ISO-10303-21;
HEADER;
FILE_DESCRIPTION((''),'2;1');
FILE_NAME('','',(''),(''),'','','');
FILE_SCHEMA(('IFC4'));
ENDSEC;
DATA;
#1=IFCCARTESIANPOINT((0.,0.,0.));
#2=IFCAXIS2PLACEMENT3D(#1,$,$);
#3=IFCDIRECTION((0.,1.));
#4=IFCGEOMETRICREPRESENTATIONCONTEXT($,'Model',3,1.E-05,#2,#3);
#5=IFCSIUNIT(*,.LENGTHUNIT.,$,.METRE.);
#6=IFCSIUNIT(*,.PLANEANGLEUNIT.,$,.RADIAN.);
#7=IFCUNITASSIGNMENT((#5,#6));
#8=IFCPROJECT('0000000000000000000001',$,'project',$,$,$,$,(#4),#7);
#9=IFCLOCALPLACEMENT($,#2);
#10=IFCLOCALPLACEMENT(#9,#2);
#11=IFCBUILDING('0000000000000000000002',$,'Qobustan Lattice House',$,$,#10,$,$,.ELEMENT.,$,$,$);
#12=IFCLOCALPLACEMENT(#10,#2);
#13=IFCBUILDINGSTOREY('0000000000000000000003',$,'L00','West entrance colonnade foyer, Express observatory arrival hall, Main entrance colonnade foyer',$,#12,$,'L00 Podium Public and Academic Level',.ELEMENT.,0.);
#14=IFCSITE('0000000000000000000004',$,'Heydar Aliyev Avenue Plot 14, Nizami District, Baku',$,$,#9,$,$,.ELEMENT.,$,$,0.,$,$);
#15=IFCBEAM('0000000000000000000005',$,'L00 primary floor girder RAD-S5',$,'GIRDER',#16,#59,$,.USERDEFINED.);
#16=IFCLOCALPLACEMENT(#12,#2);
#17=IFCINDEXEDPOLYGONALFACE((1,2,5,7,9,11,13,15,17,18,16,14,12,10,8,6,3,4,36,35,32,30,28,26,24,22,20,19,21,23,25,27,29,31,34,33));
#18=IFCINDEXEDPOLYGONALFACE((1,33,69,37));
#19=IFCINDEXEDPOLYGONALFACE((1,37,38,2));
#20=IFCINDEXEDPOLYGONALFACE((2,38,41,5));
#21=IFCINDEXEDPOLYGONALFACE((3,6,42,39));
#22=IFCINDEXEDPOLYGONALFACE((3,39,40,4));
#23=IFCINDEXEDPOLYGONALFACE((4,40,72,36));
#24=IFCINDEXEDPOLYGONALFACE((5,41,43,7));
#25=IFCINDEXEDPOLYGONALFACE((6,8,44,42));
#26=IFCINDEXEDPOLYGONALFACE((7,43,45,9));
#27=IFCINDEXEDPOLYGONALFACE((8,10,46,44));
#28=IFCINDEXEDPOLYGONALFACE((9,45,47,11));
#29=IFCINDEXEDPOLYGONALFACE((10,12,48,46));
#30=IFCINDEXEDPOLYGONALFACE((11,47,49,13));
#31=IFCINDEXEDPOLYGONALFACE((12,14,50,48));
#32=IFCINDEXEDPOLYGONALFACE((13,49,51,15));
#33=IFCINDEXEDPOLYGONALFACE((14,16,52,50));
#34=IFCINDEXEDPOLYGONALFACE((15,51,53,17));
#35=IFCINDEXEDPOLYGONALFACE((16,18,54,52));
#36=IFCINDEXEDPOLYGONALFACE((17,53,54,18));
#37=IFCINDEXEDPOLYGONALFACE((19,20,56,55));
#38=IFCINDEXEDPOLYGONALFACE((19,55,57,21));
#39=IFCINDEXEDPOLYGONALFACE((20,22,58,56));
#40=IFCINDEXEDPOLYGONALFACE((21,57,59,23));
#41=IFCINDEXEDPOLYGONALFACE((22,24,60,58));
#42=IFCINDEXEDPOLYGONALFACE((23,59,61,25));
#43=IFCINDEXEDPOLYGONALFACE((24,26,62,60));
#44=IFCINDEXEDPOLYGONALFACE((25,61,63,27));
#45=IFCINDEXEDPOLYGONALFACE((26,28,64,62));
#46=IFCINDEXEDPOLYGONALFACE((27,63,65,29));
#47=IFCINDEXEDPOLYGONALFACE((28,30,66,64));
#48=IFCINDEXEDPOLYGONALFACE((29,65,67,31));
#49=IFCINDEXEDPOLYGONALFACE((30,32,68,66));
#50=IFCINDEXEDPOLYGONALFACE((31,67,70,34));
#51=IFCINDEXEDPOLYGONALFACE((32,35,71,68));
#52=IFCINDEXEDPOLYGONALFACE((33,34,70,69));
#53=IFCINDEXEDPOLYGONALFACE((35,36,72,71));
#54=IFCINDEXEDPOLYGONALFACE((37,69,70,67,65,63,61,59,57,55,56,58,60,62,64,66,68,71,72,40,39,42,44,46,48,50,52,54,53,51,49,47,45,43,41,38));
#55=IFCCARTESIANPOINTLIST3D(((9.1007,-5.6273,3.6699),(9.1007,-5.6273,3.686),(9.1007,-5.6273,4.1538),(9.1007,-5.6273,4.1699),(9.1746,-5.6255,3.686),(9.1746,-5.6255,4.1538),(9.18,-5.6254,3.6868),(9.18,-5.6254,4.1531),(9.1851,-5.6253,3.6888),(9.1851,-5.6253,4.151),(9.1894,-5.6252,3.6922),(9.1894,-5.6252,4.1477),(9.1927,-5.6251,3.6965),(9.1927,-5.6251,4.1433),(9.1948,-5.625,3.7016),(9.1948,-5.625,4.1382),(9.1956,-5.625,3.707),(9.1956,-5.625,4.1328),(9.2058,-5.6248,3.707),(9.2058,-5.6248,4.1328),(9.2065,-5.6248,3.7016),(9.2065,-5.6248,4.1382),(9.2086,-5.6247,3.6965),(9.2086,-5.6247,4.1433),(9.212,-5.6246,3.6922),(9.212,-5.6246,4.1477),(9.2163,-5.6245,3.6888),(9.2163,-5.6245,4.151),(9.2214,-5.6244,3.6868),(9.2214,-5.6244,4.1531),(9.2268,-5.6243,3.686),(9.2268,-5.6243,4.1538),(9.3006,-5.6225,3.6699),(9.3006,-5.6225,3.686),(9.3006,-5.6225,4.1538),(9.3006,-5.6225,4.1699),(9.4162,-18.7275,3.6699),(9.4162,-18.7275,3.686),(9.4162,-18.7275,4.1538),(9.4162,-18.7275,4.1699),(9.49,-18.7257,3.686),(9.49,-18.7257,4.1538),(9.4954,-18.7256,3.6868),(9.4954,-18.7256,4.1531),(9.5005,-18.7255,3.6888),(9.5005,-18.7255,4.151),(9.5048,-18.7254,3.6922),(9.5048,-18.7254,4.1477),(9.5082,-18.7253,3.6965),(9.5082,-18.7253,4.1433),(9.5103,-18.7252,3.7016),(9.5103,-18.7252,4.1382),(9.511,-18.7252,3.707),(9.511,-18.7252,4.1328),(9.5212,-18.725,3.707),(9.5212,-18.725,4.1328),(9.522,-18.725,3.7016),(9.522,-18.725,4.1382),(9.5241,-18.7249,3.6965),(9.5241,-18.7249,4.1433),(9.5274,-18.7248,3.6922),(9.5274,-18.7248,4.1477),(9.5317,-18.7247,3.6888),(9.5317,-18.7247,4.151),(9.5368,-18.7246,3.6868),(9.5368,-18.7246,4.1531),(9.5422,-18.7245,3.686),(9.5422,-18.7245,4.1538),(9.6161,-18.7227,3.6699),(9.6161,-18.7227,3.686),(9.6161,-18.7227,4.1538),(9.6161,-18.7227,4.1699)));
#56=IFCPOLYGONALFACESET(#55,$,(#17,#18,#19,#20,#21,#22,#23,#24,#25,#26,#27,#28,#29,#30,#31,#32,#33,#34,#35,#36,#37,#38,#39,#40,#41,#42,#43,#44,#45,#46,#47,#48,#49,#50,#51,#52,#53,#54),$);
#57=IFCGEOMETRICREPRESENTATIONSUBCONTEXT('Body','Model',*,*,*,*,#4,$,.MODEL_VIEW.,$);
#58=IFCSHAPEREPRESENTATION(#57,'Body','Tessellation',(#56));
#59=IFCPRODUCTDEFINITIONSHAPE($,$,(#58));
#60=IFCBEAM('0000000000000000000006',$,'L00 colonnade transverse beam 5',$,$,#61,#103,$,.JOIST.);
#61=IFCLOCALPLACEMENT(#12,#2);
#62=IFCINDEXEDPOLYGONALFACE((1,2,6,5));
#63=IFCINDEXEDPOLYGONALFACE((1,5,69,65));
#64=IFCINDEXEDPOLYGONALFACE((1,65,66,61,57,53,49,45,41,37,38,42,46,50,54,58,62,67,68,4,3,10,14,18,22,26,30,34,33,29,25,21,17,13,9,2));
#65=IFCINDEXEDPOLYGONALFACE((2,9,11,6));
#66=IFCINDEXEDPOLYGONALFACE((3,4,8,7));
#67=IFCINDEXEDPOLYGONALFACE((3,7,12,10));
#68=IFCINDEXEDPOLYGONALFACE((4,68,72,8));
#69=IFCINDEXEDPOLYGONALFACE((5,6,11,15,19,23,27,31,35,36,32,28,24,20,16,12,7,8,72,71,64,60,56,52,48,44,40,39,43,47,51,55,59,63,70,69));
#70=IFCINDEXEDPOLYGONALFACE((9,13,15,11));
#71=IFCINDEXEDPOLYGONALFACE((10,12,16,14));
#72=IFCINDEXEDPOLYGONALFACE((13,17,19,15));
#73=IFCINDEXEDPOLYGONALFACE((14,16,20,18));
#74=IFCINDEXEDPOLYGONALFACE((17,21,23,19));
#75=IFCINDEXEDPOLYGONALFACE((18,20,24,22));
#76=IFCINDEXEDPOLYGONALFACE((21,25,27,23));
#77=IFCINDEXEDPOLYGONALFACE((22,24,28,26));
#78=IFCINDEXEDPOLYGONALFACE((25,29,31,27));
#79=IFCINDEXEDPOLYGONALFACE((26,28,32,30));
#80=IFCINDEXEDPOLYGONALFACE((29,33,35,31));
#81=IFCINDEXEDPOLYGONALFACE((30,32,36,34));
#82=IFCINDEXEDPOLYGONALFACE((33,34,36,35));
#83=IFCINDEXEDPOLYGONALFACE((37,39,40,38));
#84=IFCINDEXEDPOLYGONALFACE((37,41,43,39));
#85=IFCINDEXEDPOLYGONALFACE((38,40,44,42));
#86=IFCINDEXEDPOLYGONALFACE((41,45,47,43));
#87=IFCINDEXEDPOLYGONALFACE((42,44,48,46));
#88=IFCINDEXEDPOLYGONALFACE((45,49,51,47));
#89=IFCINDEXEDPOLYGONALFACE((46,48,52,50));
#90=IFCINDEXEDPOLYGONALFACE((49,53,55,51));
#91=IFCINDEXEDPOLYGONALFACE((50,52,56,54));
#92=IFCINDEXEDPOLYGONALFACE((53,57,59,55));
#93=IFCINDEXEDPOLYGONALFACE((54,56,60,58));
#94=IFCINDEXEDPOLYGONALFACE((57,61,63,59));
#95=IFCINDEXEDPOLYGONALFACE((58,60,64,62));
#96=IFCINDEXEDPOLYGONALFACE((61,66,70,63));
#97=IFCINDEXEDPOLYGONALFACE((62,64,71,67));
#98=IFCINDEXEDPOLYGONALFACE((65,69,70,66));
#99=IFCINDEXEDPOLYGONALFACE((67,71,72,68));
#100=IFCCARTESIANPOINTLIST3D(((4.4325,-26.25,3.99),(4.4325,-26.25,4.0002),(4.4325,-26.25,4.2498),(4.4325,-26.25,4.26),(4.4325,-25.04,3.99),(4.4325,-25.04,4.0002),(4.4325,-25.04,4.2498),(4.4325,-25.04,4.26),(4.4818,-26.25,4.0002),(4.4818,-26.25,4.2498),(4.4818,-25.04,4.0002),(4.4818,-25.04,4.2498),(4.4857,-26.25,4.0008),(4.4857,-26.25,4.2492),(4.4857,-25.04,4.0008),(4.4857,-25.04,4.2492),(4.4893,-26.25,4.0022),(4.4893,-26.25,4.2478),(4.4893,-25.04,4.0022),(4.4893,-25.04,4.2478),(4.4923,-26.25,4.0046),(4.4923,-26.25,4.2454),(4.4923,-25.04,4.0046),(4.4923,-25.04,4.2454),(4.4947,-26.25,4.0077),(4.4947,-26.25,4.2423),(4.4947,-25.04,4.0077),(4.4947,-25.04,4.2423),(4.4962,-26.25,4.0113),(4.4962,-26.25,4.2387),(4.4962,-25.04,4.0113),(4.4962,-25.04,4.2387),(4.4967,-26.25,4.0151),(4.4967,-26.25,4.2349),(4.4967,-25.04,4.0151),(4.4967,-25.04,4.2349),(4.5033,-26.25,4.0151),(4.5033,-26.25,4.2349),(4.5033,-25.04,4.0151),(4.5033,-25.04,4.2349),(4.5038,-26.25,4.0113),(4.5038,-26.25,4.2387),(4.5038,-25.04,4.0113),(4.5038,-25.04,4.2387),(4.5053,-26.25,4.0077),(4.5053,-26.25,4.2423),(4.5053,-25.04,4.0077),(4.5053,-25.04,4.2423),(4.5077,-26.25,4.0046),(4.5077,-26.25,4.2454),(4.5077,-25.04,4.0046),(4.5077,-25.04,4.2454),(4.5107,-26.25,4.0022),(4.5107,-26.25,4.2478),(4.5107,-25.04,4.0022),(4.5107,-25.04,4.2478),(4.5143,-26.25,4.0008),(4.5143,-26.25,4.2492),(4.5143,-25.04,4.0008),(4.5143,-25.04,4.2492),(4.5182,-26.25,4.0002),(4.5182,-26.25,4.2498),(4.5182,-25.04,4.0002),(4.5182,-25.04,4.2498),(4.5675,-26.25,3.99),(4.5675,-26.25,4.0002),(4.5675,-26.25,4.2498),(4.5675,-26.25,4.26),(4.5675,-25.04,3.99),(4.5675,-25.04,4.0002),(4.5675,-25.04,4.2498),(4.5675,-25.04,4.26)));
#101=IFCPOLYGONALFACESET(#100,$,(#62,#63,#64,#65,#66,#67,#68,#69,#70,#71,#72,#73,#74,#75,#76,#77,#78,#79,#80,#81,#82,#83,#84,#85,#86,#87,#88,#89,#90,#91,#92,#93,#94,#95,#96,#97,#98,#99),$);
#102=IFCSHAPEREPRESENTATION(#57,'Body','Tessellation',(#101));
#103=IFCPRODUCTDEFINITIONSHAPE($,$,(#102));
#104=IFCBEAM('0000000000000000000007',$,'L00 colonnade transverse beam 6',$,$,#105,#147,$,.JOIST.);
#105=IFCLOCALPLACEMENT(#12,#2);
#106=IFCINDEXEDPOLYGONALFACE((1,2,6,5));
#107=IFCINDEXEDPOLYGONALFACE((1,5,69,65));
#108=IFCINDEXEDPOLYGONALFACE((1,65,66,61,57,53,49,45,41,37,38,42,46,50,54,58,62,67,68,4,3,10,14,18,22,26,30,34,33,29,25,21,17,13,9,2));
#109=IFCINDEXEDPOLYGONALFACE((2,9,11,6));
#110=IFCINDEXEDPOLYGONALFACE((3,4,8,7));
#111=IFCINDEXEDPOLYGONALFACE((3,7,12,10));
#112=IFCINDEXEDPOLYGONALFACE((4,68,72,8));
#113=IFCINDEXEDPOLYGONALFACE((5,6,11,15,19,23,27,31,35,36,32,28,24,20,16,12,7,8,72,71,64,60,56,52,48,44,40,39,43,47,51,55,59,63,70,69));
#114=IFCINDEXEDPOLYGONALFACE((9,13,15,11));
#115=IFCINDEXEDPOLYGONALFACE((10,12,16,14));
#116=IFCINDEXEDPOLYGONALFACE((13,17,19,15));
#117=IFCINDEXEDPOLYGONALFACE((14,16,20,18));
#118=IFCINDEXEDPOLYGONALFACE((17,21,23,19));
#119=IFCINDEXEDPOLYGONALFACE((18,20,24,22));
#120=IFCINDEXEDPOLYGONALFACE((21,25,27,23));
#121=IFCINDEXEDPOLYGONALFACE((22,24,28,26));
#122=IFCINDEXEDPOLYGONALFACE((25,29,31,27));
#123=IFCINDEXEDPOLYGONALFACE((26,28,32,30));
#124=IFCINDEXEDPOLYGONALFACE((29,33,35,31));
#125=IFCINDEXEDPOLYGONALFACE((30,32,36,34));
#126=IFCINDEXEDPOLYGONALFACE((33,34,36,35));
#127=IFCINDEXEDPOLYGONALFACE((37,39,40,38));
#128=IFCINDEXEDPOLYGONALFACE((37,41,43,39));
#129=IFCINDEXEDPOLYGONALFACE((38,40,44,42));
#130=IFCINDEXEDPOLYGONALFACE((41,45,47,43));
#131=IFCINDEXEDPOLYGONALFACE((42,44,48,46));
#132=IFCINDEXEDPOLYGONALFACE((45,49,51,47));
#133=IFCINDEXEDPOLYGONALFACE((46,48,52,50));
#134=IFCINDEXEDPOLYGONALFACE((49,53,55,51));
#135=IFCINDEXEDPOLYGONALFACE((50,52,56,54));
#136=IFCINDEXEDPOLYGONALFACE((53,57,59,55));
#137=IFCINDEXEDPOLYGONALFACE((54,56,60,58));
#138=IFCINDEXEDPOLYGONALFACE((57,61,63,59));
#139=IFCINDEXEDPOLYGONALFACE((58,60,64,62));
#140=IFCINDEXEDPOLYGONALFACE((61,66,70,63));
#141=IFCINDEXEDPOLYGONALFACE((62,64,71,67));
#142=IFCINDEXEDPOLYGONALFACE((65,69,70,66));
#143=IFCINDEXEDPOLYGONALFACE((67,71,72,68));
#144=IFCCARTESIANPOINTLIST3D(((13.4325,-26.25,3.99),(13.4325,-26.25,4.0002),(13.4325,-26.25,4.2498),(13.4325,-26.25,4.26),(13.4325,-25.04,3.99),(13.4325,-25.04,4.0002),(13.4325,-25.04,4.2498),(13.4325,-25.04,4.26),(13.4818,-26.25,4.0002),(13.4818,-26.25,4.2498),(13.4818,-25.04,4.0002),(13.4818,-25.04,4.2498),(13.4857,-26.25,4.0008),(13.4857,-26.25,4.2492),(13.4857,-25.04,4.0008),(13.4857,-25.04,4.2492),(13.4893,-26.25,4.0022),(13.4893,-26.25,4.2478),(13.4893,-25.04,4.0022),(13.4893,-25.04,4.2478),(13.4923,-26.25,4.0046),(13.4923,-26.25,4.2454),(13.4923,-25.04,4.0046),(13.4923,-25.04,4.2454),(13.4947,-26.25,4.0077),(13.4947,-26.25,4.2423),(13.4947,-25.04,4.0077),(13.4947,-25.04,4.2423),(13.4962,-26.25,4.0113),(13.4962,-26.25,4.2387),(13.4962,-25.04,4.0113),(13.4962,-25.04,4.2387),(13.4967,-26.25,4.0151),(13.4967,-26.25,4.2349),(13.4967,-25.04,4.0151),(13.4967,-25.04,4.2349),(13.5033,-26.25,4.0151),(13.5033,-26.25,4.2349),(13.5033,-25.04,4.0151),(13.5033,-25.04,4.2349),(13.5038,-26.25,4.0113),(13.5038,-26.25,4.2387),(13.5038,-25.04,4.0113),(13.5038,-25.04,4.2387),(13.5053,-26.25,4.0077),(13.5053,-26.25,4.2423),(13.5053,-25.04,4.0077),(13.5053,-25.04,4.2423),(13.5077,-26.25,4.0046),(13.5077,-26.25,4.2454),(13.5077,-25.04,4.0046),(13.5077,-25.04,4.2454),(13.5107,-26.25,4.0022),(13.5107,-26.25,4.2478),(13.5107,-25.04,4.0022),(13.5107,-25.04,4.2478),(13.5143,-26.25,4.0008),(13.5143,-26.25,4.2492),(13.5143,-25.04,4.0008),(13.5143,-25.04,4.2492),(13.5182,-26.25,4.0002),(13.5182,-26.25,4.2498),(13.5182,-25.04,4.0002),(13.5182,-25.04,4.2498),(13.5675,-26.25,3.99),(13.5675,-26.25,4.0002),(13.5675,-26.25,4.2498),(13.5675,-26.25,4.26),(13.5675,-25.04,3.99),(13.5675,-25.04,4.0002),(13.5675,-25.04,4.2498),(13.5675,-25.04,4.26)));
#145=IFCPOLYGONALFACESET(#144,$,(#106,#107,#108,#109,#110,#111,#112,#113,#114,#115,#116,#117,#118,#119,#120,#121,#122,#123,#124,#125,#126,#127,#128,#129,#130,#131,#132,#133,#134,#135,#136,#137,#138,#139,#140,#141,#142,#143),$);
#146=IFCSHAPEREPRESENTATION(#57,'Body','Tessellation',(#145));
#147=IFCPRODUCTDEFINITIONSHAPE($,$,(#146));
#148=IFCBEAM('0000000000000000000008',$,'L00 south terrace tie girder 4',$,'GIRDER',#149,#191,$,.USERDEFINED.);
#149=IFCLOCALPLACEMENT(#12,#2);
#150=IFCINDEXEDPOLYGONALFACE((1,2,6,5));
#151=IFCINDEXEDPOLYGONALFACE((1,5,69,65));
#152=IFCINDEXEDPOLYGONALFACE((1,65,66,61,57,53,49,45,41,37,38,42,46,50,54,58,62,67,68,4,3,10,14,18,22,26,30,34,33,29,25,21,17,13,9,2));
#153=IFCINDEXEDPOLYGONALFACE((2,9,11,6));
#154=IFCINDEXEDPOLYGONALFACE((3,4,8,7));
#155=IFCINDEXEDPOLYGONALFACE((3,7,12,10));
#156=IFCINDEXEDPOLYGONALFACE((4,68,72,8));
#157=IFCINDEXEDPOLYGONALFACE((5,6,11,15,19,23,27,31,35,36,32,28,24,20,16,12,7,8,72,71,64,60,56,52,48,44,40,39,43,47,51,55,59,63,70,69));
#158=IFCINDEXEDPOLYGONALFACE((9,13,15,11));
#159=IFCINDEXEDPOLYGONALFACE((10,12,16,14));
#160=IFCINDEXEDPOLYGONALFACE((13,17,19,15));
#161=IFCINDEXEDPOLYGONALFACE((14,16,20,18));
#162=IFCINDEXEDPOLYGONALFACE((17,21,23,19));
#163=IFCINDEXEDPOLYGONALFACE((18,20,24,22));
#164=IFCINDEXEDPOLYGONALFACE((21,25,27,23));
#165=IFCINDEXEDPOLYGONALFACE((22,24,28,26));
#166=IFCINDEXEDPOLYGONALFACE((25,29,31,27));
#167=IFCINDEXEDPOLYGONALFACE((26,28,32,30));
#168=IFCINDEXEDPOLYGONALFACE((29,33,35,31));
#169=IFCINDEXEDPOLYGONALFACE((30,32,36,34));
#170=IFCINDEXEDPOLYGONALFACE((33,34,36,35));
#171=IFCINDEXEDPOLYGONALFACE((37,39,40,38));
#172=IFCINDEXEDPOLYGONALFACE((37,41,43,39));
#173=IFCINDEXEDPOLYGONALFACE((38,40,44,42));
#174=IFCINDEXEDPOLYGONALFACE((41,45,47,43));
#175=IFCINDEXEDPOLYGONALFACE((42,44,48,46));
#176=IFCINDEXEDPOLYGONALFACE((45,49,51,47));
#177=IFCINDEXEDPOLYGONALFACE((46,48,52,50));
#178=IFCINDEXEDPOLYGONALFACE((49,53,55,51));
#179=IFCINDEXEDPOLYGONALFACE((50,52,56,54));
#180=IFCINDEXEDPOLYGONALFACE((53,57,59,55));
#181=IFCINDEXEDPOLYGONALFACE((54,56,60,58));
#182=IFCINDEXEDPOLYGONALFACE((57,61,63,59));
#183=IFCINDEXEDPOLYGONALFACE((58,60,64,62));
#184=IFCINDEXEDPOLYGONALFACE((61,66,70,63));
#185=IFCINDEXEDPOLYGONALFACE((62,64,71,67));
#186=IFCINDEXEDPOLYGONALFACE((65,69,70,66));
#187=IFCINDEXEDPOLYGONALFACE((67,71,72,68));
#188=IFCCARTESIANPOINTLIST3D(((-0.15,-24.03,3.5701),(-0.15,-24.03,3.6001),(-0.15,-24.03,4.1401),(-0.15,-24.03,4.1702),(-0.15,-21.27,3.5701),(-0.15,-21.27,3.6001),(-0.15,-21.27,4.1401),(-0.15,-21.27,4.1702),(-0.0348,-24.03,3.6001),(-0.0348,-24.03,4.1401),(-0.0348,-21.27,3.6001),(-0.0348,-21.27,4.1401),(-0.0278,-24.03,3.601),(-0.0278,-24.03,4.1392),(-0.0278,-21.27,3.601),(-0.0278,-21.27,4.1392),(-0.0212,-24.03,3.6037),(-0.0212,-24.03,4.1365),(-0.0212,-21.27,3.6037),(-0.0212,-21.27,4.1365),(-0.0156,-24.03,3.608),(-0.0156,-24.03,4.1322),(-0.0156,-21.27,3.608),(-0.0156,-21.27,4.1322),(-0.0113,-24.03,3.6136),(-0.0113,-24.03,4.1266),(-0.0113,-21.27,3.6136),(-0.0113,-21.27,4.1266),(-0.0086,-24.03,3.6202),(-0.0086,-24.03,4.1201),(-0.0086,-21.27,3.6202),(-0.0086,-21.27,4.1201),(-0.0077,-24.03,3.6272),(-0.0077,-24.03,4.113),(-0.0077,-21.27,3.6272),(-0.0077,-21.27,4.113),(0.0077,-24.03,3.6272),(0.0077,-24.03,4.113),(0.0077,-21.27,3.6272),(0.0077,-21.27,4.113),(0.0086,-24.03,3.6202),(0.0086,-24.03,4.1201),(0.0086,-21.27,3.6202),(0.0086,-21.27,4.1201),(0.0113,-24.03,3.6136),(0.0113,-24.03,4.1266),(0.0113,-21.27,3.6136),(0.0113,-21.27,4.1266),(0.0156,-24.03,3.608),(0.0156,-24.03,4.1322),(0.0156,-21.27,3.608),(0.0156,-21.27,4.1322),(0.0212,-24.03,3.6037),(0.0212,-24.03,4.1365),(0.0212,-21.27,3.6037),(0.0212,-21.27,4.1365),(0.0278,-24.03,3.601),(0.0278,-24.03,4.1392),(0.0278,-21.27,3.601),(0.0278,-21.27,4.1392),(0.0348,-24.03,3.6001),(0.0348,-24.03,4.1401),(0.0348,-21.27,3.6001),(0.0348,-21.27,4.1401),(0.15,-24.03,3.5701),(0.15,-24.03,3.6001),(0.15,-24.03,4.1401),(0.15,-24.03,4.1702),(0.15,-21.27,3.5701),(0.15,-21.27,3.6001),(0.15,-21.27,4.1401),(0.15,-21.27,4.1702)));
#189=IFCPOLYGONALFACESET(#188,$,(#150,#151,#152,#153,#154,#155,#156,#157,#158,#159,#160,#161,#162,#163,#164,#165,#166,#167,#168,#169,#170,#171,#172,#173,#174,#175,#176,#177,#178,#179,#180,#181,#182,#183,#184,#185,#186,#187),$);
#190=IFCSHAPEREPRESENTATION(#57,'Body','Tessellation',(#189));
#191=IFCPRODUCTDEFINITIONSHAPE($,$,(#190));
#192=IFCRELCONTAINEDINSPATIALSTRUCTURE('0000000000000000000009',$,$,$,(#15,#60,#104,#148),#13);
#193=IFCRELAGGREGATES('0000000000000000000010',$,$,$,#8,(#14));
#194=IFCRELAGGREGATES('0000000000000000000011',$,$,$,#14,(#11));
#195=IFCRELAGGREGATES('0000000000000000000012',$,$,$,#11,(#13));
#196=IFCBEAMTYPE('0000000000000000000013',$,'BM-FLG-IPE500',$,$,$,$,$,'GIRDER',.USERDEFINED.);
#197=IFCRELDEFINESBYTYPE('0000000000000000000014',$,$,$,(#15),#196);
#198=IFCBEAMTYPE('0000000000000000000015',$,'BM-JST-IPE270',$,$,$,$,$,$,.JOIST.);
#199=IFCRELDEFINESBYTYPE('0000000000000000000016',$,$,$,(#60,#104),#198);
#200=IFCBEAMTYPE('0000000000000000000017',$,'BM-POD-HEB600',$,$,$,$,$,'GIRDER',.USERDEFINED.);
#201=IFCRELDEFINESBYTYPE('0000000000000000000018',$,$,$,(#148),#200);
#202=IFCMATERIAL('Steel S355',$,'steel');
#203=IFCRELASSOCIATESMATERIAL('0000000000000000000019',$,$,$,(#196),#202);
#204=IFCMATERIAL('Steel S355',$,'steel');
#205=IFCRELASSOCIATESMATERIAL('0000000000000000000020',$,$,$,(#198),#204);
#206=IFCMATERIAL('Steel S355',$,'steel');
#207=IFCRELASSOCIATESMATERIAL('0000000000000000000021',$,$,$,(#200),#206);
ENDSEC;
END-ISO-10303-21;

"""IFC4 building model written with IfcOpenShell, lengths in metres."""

from ifc_helpers import new_model, si_unit, direction, frame, origin, origin_2d, place, context, subcontext, project, spatial, i_section, extrude, material, material_profile, profile_set, type_object, element, save


model = new_model("IFC4")

# Units and contexts
model_context = context("Model", 3, precision=1e-05, world=origin(), true_north=direction((0.0, 1.0)))
body_context = subcontext(model_context, "Body", "Model", "MODEL_VIEW")
ifc_project = project(units=[si_unit("LENGTHUNIT", "METRE"), si_unit("PLANEANGLEUNIT", "RADIAN")], contexts=[model_context])

# Site, building, storey
site_placement = place(None, origin())
site = spatial("IfcSite", under=ifc_project, at=site_placement, Name="Heydar Aliyev Avenue Plot 14, Nizami District, Baku", CompositionType="ELEMENT", RefElevation=0.0)
building_placement = place(site_placement, origin())
building = spatial("IfcBuilding", under=site, at=building_placement, Name="Qobustan Lattice House", CompositionType="ELEMENT")
storey_placement = place(building_placement, origin())
storey = spatial("IfcBuildingStorey", under=building, at=storey_placement, Name="L00", Description="West entrance colonnade foyer, Express observatory arrival hall, Main entrance colonnade foyer", LongName="L00 Podium Public and Academic Level", CompositionType="ELEMENT", Elevation=0.0)

# Beams
ifc_material_1 = material(Name="Steel S355", Category="steel")
ifc_material_profile_1 = material_profile(ifc_material_1, i_section(OverallWidth=0.2, OverallDepth=0.5, WebThickness=0.0103, FlangeThickness=0.0161, FilletRadius=0.021, at=origin_2d()), Name="IPE500")
ifc_profile_set_1 = profile_set([ifc_material_profile_1], Name="Steel S355")
beam_type_1 = type_object("IfcBeamType", Name="BM-FLG-IPE500", ElementType="GIRDER", PredefinedType="USERDEFINED", material=ifc_profile_set_1)
beam_1_placement = place(storey_placement, frame((9.5161, -18.7251, 3.9199), z_axis=(-0.024071, 0.99971, 0.0), x_axis=(-0.99971, -0.024071, 0.0)))
element("IfcBeam", 1, at=beam_1_placement, inside=storey, type_object=beam_type_1, Name="L00 primary floor girder RAD-S5", ObjectType="GIRDER", PredefinedType="USERDEFINED", context=body_context, shape_type="SweptSolid", body=[
    extrude(i_section(OverallWidth=0.2, OverallDepth=0.5, WebThickness=0.0103, FlangeThickness=0.0161, FilletRadius=0.021, at=origin_2d()), origin(), (0.0, 0.0, 1.0), 13.104),
])
ifc_material_2 = material(Name="Steel S355", Category="steel")
ifc_material_profile_2 = material_profile(ifc_material_2, i_section(OverallWidth=0.135, OverallDepth=0.27, WebThickness=0.0066, FlangeThickness=0.0103, FilletRadius=0.0149, at=origin_2d()), Name="IPE270")
ifc_profile_set_2 = profile_set([ifc_material_profile_2], Name="Steel S355")
beam_type_2 = type_object("IfcBeamType", Name="BM-JST-IPE270", PredefinedType="JOIST", material=ifc_profile_set_2)
for number, where, z_axis, x_axis, name in (
    (2, (4.5, -26.25, 4.125), (0.0, 1.0, 0.0), (-1.0, 0.0, 0.0), "L00 colonnade transverse beam 5"),
    (3, (13.5, -26.25, 4.125), (0.0, 1.0, 0.0), (-1.0, 0.0, 0.0), "L00 colonnade transverse beam 6"),
):
    element("IfcBeam", number, at=place(storey_placement, frame(where, z_axis=z_axis, x_axis=x_axis)), inside=storey, type_object=beam_type_2, Name=name, PredefinedType="JOIST", context=body_context, shape_type="SweptSolid", body=[
        extrude(i_section(OverallWidth=0.135, OverallDepth=0.27, WebThickness=0.0066, FlangeThickness=0.0103, FilletRadius=0.0149, at=origin_2d()), origin(), (0.0, 0.0, 1.0), 1.21),
    ])
ifc_material_3 = material(Name="Steel S355", Category="steel")
ifc_material_profile_3 = material_profile(ifc_material_3, i_section(OverallWidth=0.3, OverallDepth=0.6001, WebThickness=0.0154, FlangeThickness=0.03, FilletRadius=0.0271, at=origin_2d()), Name="HEB600")
ifc_profile_set_3 = profile_set([ifc_material_profile_3], Name="Steel S355")
beam_type_3 = type_object("IfcBeamType", Name="BM-POD-HEB600", ElementType="GIRDER", PredefinedType="USERDEFINED", material=ifc_profile_set_3)
for number, where, z_axis, x_axis, name in (
    (4, (0.0, -24.03, 3.8701), (0.0, 1.0, 0.0), (-1.0, 0.0, 0.0), "L00 south terrace tie girder 4"),
):
    element("IfcBeam", number, at=place(storey_placement, frame(where, z_axis=z_axis, x_axis=x_axis)), inside=storey, type_object=beam_type_3, Name=name, ObjectType="GIRDER", PredefinedType="USERDEFINED", context=body_context, shape_type="SweptSolid", body=[
        extrude(i_section(OverallWidth=0.3, OverallDepth=0.6001, WebThickness=0.0154, FlangeThickness=0.03, FilletRadius=0.0271, at=origin_2d()), origin(), (0.0, 0.0, 1.0), 2.76),
    ])

save(model, "model.ifc")
